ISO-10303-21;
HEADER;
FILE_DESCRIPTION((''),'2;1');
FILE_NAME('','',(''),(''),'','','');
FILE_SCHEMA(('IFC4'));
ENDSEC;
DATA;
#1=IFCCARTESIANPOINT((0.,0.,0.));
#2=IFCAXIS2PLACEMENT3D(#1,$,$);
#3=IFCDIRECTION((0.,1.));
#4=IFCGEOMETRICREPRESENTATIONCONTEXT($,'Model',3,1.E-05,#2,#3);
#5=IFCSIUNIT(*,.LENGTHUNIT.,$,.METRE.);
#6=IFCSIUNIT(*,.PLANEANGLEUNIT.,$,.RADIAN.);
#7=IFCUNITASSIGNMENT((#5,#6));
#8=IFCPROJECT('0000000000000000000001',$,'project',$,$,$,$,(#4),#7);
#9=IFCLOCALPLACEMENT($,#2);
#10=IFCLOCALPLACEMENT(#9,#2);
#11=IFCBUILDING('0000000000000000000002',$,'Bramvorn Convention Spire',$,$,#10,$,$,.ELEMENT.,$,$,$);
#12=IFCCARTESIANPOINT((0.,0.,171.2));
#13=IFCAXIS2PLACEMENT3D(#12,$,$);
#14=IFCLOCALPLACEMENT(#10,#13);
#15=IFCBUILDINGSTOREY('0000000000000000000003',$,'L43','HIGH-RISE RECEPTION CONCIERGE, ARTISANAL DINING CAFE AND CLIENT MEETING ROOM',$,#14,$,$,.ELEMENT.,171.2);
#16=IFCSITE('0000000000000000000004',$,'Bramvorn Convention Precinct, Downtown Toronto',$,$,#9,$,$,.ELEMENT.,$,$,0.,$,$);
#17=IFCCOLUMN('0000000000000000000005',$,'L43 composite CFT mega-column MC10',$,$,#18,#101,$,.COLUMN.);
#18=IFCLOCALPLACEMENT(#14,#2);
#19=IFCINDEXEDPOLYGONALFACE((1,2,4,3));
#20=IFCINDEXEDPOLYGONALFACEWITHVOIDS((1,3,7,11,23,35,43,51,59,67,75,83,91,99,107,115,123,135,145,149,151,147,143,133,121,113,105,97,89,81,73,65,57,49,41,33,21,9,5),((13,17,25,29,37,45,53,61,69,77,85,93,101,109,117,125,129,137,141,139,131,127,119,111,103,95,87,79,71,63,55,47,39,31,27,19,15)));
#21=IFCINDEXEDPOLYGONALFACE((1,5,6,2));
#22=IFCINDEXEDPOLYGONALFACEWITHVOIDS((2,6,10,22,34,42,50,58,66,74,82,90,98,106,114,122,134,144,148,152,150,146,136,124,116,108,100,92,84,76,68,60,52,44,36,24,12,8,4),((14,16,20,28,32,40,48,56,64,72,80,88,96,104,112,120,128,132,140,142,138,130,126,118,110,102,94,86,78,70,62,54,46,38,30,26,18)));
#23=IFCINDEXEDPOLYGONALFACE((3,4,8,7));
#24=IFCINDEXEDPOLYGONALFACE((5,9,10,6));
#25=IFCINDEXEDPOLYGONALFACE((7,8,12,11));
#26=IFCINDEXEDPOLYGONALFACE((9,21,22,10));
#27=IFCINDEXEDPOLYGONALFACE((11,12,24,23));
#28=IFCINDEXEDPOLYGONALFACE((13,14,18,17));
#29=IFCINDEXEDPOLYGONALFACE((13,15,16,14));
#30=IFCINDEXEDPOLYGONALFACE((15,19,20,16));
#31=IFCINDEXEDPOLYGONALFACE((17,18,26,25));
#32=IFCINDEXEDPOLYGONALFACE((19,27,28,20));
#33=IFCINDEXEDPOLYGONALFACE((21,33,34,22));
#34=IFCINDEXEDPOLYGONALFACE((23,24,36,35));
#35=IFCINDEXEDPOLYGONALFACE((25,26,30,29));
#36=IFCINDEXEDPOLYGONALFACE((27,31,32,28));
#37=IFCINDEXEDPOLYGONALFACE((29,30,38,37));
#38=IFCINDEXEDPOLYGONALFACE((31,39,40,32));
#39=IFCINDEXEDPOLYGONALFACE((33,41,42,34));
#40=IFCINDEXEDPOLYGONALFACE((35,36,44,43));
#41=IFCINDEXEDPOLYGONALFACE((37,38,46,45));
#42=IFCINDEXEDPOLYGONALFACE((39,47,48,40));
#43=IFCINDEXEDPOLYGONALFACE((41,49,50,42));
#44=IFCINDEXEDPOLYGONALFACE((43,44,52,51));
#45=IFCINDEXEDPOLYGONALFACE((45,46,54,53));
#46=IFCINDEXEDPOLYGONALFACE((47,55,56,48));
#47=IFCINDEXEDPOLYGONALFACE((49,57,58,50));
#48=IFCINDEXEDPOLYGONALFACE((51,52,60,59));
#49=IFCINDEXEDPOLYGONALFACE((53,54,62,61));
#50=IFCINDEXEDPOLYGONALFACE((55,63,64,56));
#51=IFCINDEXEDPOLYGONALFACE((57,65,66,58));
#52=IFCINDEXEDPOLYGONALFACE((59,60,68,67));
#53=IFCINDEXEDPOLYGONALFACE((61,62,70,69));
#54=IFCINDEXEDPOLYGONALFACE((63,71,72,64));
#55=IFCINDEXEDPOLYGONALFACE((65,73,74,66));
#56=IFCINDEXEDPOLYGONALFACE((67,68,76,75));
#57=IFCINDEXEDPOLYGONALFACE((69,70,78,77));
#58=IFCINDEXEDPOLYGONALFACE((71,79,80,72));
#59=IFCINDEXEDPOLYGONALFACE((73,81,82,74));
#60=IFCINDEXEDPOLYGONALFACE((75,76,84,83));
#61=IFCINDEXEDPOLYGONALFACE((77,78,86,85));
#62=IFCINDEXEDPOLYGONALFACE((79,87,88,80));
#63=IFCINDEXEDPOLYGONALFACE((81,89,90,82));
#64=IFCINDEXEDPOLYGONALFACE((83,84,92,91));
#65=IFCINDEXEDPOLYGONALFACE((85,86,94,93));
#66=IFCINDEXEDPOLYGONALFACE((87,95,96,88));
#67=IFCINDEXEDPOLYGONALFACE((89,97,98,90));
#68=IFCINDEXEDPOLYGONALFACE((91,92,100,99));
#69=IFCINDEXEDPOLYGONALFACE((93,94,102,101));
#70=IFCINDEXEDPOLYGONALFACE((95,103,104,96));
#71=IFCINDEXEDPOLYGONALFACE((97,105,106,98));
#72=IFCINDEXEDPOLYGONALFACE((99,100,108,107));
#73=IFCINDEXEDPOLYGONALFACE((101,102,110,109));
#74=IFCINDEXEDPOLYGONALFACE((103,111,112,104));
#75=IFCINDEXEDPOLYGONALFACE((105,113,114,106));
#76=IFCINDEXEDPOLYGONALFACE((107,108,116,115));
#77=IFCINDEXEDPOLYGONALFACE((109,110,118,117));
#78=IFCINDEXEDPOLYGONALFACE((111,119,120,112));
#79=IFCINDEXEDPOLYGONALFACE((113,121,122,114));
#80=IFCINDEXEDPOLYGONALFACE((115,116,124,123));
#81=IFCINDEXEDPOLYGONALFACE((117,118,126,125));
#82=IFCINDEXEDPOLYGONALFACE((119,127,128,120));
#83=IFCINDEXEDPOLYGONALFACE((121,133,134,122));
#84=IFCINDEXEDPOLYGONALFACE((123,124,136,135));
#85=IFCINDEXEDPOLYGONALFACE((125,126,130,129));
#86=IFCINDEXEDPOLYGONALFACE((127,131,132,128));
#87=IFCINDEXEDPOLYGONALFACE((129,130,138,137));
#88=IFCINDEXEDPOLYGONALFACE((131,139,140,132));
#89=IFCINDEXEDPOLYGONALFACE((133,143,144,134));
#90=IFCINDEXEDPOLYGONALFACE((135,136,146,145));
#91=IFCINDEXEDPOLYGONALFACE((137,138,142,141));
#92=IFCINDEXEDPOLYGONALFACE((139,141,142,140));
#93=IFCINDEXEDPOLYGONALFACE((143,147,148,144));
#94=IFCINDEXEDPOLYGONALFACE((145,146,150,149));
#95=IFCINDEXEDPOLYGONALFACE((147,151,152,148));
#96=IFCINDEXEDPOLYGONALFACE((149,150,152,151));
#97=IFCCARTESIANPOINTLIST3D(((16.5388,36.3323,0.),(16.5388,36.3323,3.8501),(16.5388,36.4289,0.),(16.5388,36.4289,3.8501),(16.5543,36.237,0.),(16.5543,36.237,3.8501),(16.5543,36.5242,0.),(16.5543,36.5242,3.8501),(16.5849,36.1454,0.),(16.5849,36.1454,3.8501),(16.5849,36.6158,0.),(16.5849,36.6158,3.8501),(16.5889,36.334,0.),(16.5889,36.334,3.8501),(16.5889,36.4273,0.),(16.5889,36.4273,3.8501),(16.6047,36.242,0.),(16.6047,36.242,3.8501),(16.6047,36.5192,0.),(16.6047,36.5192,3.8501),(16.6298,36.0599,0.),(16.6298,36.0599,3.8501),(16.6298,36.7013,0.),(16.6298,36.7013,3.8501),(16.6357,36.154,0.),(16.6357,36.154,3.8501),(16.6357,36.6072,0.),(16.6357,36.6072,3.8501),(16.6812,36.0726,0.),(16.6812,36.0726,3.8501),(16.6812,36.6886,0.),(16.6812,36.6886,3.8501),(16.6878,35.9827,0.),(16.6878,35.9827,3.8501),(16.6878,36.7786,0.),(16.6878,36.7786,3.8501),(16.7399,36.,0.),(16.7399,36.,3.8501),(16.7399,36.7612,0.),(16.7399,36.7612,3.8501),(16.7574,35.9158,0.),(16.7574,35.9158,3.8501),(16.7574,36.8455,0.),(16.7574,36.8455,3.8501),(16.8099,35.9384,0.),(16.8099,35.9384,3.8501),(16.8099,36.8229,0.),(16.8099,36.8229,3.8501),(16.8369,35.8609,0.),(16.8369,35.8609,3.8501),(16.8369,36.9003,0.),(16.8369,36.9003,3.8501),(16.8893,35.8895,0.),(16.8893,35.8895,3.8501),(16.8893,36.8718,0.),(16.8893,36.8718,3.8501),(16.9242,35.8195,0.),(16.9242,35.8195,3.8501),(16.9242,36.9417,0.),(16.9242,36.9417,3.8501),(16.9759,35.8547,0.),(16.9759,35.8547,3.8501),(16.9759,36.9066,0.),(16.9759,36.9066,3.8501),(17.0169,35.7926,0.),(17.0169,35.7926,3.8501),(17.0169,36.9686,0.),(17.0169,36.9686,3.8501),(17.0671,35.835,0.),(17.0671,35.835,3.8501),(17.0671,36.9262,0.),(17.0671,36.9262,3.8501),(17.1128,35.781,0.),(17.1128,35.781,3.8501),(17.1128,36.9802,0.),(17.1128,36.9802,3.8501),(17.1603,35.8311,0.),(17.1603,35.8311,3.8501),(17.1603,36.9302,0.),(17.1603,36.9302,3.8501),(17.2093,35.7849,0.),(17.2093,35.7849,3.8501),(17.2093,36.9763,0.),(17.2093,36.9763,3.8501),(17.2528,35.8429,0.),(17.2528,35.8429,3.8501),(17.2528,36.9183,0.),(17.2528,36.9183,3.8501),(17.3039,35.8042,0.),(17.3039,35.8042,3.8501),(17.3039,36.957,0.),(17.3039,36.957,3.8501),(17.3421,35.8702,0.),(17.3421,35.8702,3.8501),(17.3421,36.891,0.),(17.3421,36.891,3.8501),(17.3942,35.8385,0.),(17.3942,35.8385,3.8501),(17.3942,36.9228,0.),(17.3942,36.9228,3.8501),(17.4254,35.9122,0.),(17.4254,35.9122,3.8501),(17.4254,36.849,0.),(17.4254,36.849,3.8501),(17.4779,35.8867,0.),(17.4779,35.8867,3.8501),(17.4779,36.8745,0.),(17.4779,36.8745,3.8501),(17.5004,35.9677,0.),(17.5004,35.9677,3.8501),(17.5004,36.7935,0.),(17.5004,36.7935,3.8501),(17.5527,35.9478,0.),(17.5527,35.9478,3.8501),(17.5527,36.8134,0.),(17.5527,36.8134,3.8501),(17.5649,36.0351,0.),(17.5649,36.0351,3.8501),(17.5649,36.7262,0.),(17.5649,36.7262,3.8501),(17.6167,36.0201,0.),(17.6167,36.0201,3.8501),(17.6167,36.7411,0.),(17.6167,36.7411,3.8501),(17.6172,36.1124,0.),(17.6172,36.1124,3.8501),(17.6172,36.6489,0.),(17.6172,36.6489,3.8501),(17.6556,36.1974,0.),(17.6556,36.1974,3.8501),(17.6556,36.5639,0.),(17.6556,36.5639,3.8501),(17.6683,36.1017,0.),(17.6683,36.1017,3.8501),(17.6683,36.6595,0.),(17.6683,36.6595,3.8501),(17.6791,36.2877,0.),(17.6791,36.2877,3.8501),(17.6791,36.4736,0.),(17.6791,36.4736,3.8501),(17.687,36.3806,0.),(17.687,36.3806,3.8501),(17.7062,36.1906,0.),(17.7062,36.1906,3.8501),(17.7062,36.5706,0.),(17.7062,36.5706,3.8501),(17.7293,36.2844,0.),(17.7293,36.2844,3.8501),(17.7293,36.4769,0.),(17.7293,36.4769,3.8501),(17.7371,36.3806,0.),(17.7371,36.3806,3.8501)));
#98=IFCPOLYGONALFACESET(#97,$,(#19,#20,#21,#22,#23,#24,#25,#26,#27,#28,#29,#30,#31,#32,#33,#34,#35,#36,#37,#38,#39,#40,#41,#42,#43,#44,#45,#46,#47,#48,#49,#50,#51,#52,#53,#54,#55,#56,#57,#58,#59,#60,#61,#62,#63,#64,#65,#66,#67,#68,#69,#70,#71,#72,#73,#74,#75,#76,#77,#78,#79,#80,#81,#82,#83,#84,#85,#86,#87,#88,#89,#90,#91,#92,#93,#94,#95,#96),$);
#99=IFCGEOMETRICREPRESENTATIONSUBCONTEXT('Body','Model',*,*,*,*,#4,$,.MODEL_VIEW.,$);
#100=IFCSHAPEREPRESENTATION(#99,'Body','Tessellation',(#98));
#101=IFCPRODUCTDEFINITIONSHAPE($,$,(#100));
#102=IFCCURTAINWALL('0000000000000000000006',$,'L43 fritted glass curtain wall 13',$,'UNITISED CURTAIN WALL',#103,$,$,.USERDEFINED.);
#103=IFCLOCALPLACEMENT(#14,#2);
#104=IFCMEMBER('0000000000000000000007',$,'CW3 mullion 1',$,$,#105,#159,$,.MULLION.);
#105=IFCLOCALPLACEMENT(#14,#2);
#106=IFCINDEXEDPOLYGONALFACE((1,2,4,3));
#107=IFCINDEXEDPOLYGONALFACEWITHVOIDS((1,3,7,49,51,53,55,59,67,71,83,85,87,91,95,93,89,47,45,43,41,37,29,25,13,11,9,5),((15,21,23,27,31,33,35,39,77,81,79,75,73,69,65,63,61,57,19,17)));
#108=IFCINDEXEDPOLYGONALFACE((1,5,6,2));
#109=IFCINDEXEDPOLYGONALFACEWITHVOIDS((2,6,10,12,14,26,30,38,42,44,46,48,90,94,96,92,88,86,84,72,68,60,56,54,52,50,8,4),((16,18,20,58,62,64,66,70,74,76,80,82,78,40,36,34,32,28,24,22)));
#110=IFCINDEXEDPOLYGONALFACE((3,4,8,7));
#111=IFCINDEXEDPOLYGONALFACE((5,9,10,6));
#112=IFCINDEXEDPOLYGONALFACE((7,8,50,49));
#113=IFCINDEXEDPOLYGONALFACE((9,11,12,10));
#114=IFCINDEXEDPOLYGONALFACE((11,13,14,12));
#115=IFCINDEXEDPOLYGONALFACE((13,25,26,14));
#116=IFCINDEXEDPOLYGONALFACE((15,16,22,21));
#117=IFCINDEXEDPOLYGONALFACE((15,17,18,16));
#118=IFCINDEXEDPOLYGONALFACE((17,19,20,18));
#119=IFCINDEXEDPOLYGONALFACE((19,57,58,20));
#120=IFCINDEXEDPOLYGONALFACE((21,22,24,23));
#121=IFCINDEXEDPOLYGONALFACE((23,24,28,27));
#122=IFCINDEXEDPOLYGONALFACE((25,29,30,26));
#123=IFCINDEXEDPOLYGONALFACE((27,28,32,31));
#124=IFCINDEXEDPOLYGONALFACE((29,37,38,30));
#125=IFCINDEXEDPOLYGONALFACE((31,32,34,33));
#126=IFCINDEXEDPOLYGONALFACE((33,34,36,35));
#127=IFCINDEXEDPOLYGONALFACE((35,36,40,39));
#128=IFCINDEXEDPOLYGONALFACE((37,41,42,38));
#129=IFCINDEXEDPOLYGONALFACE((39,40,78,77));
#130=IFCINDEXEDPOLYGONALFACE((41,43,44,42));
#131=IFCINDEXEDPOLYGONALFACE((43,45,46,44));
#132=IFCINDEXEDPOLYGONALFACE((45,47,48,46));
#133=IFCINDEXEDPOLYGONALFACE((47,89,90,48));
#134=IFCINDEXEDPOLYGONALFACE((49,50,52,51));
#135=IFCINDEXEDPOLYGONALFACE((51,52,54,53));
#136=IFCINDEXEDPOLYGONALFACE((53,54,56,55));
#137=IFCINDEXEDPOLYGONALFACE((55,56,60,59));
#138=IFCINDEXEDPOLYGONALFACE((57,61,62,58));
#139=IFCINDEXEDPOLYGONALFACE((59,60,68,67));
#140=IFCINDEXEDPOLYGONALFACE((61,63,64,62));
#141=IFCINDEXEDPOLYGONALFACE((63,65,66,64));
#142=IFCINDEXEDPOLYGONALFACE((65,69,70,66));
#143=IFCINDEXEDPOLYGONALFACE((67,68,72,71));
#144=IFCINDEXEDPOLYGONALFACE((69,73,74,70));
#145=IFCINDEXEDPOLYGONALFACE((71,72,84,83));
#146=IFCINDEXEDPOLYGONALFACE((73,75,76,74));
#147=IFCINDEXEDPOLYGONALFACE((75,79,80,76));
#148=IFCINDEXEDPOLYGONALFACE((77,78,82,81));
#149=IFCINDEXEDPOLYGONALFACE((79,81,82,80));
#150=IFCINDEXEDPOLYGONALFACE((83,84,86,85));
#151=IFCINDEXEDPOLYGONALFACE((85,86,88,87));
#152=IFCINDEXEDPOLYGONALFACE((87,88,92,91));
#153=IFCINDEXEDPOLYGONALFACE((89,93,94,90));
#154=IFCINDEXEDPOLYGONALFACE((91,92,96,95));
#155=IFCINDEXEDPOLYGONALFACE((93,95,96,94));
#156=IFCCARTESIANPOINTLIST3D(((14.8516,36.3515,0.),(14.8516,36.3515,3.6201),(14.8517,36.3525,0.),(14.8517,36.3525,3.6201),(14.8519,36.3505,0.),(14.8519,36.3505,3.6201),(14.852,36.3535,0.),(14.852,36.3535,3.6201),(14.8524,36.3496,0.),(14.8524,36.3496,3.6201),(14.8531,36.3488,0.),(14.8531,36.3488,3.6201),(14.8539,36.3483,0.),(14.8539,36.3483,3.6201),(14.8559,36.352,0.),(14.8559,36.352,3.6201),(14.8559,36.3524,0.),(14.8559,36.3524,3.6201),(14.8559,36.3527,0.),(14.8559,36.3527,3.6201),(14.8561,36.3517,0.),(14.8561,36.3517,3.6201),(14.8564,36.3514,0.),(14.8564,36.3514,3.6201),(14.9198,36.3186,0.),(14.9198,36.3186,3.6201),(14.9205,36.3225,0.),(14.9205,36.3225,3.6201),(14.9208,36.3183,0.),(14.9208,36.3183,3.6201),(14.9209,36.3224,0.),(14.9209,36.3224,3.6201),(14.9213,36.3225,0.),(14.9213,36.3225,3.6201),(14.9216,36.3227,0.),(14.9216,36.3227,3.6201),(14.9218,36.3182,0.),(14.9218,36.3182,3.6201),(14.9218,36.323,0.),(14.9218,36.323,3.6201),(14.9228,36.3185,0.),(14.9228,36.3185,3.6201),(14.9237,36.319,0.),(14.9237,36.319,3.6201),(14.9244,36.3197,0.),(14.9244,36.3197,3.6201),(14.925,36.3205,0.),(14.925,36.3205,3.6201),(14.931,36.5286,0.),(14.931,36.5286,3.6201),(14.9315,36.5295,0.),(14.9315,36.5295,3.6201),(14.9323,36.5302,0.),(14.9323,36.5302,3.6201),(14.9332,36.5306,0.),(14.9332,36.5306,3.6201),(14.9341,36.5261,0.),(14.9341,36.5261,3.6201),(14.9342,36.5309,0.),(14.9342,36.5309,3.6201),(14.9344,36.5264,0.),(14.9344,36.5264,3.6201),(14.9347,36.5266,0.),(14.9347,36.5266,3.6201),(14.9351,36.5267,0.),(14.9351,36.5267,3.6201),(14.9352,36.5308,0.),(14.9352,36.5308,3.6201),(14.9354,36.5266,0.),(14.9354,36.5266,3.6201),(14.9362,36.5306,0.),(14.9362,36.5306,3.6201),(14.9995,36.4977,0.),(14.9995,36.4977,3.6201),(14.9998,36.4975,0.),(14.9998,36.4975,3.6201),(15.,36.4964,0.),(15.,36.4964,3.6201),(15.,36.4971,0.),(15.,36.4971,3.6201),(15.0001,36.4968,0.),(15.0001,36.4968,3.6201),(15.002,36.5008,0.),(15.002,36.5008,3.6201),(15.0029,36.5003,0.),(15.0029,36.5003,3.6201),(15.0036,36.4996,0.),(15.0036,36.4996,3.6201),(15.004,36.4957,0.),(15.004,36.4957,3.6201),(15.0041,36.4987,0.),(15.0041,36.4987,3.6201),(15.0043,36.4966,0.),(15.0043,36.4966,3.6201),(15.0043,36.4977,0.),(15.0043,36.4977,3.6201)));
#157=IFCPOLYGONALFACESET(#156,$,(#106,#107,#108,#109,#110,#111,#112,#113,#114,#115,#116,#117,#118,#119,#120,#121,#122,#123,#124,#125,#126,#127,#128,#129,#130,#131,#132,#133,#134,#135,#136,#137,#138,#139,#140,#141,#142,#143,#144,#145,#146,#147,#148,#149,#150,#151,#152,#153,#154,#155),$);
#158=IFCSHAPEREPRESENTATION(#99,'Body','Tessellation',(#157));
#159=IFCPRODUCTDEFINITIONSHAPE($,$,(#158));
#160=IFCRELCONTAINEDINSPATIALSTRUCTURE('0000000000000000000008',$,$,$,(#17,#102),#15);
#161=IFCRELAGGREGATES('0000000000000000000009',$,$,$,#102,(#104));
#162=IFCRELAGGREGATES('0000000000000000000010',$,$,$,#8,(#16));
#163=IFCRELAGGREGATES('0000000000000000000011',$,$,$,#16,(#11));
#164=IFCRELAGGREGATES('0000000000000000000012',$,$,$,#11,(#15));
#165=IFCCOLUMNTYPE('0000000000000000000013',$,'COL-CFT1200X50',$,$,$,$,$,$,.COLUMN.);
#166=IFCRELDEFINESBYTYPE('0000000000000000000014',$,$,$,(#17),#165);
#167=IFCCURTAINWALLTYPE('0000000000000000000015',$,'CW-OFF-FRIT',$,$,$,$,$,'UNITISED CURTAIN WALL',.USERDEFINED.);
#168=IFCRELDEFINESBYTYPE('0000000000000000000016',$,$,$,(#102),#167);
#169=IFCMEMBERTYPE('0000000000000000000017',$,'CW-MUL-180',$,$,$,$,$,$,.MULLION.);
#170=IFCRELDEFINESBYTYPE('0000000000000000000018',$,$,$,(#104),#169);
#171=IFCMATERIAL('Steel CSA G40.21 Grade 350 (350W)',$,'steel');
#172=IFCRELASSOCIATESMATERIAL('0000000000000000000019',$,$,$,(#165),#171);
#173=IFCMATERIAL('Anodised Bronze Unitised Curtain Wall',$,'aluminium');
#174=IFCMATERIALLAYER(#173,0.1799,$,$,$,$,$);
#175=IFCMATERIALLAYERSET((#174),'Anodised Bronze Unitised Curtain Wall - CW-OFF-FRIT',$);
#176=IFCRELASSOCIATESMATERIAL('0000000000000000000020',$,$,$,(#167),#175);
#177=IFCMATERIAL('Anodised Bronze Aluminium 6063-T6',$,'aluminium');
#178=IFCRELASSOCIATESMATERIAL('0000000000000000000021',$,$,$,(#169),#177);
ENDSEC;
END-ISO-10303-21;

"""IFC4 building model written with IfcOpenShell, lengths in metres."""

from ifc_helpers import new_model, si_unit, direction, frame, origin, origin_2d, place, context, subcontext, project, spatial, hollow_rectangle, hollow_circle, extrude, material, layer, layer_set, material_profile, profile_set, type_object, element, aggregate, save


model = new_model("IFC4")

# Units and contexts
model_context = context("Model", 3, precision=1e-05, world=origin(), true_north=direction((0.0, 1.0)))
body_context = subcontext(model_context, "Body", "Model", "MODEL_VIEW")
ifc_project = project(units=[si_unit("LENGTHUNIT", "METRE"), si_unit("PLANEANGLEUNIT", "RADIAN")], contexts=[model_context])

# Site, building, storey
site_placement = place(None, origin())
site = spatial("IfcSite", under=ifc_project, at=site_placement, Name="Bramvorn Convention Precinct, Downtown Toronto", CompositionType="ELEMENT", RefElevation=0.0)
building_placement = place(site_placement, origin())
building = spatial("IfcBuilding", under=site, at=building_placement, Name="Bramvorn Convention Spire", CompositionType="ELEMENT")
storey_placement = place(building_placement, frame((0.0, 0.0, 171.2)))
storey = spatial("IfcBuildingStorey", under=building, at=storey_placement, Name="L43", Description="HIGH-RISE RECEPTION CONCIERGE, ARTISANAL DINING CAFE AND CLIENT MEETING ROOM", CompositionType="ELEMENT", Elevation=171.2)

# Column
ifc_material_1 = material(Name="Steel CSA G40.21 Grade 350 (350W)", Category="steel")
ifc_material_profile_1 = material_profile(ifc_material_1, hollow_circle(Radius=0.6001, WallThickness=0.05, at=origin_2d()))
ifc_profile_set_1 = profile_set([ifc_material_profile_1], Name="Steel CSA G40.21 Grade 350 (350W) - CFT1200X50")
column_type = type_object("IfcColumnType", Name="COL-CFT1200X50", PredefinedType="COLUMN", material=ifc_profile_set_1)
column_placement = place(storey_placement, frame((17.137, 36.3806, 0.0), z_axis=(0.0, 0.0, 1.0), x_axis=(1.0, 0.0, 0.0)))
element("IfcColumn", 1, at=column_placement, inside=storey, type_object=column_type, Name="L43 composite CFT mega-column MC10", PredefinedType="COLUMN", context=body_context, shape_type="SweptSolid", body=[
    extrude(hollow_circle(Radius=0.6001, WallThickness=0.05, at=origin_2d()), origin(), (0.0, 0.0, 1.0), 3.8501),
])

# Curtain wall, member
ifc_material_2 = material(Name="Anodised Bronze Unitised Curtain Wall", Category="aluminium")
ifc_layer_1 = layer(ifc_material_2, 0.1799)
ifc_layer_set_1 = layer_set([ifc_layer_1], Name="Anodised Bronze Unitised Curtain Wall - CW-OFF-FRIT")
curtain_wall_type = type_object("IfcCurtainWallType", Name="CW-OFF-FRIT", ElementType="UNITISED CURTAIN WALL", PredefinedType="USERDEFINED", material=ifc_layer_set_1)
curtain_wall_1_placement = place(storey_placement, origin())
curtain_wall_1 = element("IfcCurtainWall", 2, at=curtain_wall_1_placement, inside=storey, type_object=curtain_wall_type, Name="L43 fritted glass curtain wall 13", ObjectType="UNITISED CURTAIN WALL", PredefinedType="USERDEFINED")
ifc_material_3 = material(Name="Anodised Bronze Aluminium 6063-T6", Category="aluminium")
ifc_material_profile_2 = material_profile(ifc_material_3, hollow_rectangle(XDim=0.0801, YDim=0.2, WallThickness=0.0039, InnerFilletRadius=0.001, OuterFilletRadius=0.0039, at=origin_2d()))
ifc_profile_set_2 = profile_set([ifc_material_profile_2], Name="Anodised Bronze Aluminium 6063-T6 - CWM80X200")
member_type_1 = type_object("IfcMemberType", Name="CW-MUL-180", PredefinedType="MULLION", material=ifc_profile_set_2)
member_1_placement = place(storey_placement, frame((14.928, 36.4246, 0.0), z_axis=(0.0, 0.0, 1.0), x_axis=(-0.911527, 0.411241, 0.0)))
member_1 = element("IfcMember", 3, at=member_1_placement, type_object=member_type_1, Name="CW3 mullion 1", PredefinedType="MULLION", context=body_context, shape_type="SweptSolid", body=[
    extrude(hollow_rectangle(XDim=0.0801, YDim=0.2, WallThickness=0.0039, InnerFilletRadius=0.001, OuterFilletRadius=0.0039, at=origin_2d()), origin(), (0.0, 0.0, 1.0), 3.6201),
])

aggregate(curtain_wall_1, [member_1])

save(model, "model.ifc")
